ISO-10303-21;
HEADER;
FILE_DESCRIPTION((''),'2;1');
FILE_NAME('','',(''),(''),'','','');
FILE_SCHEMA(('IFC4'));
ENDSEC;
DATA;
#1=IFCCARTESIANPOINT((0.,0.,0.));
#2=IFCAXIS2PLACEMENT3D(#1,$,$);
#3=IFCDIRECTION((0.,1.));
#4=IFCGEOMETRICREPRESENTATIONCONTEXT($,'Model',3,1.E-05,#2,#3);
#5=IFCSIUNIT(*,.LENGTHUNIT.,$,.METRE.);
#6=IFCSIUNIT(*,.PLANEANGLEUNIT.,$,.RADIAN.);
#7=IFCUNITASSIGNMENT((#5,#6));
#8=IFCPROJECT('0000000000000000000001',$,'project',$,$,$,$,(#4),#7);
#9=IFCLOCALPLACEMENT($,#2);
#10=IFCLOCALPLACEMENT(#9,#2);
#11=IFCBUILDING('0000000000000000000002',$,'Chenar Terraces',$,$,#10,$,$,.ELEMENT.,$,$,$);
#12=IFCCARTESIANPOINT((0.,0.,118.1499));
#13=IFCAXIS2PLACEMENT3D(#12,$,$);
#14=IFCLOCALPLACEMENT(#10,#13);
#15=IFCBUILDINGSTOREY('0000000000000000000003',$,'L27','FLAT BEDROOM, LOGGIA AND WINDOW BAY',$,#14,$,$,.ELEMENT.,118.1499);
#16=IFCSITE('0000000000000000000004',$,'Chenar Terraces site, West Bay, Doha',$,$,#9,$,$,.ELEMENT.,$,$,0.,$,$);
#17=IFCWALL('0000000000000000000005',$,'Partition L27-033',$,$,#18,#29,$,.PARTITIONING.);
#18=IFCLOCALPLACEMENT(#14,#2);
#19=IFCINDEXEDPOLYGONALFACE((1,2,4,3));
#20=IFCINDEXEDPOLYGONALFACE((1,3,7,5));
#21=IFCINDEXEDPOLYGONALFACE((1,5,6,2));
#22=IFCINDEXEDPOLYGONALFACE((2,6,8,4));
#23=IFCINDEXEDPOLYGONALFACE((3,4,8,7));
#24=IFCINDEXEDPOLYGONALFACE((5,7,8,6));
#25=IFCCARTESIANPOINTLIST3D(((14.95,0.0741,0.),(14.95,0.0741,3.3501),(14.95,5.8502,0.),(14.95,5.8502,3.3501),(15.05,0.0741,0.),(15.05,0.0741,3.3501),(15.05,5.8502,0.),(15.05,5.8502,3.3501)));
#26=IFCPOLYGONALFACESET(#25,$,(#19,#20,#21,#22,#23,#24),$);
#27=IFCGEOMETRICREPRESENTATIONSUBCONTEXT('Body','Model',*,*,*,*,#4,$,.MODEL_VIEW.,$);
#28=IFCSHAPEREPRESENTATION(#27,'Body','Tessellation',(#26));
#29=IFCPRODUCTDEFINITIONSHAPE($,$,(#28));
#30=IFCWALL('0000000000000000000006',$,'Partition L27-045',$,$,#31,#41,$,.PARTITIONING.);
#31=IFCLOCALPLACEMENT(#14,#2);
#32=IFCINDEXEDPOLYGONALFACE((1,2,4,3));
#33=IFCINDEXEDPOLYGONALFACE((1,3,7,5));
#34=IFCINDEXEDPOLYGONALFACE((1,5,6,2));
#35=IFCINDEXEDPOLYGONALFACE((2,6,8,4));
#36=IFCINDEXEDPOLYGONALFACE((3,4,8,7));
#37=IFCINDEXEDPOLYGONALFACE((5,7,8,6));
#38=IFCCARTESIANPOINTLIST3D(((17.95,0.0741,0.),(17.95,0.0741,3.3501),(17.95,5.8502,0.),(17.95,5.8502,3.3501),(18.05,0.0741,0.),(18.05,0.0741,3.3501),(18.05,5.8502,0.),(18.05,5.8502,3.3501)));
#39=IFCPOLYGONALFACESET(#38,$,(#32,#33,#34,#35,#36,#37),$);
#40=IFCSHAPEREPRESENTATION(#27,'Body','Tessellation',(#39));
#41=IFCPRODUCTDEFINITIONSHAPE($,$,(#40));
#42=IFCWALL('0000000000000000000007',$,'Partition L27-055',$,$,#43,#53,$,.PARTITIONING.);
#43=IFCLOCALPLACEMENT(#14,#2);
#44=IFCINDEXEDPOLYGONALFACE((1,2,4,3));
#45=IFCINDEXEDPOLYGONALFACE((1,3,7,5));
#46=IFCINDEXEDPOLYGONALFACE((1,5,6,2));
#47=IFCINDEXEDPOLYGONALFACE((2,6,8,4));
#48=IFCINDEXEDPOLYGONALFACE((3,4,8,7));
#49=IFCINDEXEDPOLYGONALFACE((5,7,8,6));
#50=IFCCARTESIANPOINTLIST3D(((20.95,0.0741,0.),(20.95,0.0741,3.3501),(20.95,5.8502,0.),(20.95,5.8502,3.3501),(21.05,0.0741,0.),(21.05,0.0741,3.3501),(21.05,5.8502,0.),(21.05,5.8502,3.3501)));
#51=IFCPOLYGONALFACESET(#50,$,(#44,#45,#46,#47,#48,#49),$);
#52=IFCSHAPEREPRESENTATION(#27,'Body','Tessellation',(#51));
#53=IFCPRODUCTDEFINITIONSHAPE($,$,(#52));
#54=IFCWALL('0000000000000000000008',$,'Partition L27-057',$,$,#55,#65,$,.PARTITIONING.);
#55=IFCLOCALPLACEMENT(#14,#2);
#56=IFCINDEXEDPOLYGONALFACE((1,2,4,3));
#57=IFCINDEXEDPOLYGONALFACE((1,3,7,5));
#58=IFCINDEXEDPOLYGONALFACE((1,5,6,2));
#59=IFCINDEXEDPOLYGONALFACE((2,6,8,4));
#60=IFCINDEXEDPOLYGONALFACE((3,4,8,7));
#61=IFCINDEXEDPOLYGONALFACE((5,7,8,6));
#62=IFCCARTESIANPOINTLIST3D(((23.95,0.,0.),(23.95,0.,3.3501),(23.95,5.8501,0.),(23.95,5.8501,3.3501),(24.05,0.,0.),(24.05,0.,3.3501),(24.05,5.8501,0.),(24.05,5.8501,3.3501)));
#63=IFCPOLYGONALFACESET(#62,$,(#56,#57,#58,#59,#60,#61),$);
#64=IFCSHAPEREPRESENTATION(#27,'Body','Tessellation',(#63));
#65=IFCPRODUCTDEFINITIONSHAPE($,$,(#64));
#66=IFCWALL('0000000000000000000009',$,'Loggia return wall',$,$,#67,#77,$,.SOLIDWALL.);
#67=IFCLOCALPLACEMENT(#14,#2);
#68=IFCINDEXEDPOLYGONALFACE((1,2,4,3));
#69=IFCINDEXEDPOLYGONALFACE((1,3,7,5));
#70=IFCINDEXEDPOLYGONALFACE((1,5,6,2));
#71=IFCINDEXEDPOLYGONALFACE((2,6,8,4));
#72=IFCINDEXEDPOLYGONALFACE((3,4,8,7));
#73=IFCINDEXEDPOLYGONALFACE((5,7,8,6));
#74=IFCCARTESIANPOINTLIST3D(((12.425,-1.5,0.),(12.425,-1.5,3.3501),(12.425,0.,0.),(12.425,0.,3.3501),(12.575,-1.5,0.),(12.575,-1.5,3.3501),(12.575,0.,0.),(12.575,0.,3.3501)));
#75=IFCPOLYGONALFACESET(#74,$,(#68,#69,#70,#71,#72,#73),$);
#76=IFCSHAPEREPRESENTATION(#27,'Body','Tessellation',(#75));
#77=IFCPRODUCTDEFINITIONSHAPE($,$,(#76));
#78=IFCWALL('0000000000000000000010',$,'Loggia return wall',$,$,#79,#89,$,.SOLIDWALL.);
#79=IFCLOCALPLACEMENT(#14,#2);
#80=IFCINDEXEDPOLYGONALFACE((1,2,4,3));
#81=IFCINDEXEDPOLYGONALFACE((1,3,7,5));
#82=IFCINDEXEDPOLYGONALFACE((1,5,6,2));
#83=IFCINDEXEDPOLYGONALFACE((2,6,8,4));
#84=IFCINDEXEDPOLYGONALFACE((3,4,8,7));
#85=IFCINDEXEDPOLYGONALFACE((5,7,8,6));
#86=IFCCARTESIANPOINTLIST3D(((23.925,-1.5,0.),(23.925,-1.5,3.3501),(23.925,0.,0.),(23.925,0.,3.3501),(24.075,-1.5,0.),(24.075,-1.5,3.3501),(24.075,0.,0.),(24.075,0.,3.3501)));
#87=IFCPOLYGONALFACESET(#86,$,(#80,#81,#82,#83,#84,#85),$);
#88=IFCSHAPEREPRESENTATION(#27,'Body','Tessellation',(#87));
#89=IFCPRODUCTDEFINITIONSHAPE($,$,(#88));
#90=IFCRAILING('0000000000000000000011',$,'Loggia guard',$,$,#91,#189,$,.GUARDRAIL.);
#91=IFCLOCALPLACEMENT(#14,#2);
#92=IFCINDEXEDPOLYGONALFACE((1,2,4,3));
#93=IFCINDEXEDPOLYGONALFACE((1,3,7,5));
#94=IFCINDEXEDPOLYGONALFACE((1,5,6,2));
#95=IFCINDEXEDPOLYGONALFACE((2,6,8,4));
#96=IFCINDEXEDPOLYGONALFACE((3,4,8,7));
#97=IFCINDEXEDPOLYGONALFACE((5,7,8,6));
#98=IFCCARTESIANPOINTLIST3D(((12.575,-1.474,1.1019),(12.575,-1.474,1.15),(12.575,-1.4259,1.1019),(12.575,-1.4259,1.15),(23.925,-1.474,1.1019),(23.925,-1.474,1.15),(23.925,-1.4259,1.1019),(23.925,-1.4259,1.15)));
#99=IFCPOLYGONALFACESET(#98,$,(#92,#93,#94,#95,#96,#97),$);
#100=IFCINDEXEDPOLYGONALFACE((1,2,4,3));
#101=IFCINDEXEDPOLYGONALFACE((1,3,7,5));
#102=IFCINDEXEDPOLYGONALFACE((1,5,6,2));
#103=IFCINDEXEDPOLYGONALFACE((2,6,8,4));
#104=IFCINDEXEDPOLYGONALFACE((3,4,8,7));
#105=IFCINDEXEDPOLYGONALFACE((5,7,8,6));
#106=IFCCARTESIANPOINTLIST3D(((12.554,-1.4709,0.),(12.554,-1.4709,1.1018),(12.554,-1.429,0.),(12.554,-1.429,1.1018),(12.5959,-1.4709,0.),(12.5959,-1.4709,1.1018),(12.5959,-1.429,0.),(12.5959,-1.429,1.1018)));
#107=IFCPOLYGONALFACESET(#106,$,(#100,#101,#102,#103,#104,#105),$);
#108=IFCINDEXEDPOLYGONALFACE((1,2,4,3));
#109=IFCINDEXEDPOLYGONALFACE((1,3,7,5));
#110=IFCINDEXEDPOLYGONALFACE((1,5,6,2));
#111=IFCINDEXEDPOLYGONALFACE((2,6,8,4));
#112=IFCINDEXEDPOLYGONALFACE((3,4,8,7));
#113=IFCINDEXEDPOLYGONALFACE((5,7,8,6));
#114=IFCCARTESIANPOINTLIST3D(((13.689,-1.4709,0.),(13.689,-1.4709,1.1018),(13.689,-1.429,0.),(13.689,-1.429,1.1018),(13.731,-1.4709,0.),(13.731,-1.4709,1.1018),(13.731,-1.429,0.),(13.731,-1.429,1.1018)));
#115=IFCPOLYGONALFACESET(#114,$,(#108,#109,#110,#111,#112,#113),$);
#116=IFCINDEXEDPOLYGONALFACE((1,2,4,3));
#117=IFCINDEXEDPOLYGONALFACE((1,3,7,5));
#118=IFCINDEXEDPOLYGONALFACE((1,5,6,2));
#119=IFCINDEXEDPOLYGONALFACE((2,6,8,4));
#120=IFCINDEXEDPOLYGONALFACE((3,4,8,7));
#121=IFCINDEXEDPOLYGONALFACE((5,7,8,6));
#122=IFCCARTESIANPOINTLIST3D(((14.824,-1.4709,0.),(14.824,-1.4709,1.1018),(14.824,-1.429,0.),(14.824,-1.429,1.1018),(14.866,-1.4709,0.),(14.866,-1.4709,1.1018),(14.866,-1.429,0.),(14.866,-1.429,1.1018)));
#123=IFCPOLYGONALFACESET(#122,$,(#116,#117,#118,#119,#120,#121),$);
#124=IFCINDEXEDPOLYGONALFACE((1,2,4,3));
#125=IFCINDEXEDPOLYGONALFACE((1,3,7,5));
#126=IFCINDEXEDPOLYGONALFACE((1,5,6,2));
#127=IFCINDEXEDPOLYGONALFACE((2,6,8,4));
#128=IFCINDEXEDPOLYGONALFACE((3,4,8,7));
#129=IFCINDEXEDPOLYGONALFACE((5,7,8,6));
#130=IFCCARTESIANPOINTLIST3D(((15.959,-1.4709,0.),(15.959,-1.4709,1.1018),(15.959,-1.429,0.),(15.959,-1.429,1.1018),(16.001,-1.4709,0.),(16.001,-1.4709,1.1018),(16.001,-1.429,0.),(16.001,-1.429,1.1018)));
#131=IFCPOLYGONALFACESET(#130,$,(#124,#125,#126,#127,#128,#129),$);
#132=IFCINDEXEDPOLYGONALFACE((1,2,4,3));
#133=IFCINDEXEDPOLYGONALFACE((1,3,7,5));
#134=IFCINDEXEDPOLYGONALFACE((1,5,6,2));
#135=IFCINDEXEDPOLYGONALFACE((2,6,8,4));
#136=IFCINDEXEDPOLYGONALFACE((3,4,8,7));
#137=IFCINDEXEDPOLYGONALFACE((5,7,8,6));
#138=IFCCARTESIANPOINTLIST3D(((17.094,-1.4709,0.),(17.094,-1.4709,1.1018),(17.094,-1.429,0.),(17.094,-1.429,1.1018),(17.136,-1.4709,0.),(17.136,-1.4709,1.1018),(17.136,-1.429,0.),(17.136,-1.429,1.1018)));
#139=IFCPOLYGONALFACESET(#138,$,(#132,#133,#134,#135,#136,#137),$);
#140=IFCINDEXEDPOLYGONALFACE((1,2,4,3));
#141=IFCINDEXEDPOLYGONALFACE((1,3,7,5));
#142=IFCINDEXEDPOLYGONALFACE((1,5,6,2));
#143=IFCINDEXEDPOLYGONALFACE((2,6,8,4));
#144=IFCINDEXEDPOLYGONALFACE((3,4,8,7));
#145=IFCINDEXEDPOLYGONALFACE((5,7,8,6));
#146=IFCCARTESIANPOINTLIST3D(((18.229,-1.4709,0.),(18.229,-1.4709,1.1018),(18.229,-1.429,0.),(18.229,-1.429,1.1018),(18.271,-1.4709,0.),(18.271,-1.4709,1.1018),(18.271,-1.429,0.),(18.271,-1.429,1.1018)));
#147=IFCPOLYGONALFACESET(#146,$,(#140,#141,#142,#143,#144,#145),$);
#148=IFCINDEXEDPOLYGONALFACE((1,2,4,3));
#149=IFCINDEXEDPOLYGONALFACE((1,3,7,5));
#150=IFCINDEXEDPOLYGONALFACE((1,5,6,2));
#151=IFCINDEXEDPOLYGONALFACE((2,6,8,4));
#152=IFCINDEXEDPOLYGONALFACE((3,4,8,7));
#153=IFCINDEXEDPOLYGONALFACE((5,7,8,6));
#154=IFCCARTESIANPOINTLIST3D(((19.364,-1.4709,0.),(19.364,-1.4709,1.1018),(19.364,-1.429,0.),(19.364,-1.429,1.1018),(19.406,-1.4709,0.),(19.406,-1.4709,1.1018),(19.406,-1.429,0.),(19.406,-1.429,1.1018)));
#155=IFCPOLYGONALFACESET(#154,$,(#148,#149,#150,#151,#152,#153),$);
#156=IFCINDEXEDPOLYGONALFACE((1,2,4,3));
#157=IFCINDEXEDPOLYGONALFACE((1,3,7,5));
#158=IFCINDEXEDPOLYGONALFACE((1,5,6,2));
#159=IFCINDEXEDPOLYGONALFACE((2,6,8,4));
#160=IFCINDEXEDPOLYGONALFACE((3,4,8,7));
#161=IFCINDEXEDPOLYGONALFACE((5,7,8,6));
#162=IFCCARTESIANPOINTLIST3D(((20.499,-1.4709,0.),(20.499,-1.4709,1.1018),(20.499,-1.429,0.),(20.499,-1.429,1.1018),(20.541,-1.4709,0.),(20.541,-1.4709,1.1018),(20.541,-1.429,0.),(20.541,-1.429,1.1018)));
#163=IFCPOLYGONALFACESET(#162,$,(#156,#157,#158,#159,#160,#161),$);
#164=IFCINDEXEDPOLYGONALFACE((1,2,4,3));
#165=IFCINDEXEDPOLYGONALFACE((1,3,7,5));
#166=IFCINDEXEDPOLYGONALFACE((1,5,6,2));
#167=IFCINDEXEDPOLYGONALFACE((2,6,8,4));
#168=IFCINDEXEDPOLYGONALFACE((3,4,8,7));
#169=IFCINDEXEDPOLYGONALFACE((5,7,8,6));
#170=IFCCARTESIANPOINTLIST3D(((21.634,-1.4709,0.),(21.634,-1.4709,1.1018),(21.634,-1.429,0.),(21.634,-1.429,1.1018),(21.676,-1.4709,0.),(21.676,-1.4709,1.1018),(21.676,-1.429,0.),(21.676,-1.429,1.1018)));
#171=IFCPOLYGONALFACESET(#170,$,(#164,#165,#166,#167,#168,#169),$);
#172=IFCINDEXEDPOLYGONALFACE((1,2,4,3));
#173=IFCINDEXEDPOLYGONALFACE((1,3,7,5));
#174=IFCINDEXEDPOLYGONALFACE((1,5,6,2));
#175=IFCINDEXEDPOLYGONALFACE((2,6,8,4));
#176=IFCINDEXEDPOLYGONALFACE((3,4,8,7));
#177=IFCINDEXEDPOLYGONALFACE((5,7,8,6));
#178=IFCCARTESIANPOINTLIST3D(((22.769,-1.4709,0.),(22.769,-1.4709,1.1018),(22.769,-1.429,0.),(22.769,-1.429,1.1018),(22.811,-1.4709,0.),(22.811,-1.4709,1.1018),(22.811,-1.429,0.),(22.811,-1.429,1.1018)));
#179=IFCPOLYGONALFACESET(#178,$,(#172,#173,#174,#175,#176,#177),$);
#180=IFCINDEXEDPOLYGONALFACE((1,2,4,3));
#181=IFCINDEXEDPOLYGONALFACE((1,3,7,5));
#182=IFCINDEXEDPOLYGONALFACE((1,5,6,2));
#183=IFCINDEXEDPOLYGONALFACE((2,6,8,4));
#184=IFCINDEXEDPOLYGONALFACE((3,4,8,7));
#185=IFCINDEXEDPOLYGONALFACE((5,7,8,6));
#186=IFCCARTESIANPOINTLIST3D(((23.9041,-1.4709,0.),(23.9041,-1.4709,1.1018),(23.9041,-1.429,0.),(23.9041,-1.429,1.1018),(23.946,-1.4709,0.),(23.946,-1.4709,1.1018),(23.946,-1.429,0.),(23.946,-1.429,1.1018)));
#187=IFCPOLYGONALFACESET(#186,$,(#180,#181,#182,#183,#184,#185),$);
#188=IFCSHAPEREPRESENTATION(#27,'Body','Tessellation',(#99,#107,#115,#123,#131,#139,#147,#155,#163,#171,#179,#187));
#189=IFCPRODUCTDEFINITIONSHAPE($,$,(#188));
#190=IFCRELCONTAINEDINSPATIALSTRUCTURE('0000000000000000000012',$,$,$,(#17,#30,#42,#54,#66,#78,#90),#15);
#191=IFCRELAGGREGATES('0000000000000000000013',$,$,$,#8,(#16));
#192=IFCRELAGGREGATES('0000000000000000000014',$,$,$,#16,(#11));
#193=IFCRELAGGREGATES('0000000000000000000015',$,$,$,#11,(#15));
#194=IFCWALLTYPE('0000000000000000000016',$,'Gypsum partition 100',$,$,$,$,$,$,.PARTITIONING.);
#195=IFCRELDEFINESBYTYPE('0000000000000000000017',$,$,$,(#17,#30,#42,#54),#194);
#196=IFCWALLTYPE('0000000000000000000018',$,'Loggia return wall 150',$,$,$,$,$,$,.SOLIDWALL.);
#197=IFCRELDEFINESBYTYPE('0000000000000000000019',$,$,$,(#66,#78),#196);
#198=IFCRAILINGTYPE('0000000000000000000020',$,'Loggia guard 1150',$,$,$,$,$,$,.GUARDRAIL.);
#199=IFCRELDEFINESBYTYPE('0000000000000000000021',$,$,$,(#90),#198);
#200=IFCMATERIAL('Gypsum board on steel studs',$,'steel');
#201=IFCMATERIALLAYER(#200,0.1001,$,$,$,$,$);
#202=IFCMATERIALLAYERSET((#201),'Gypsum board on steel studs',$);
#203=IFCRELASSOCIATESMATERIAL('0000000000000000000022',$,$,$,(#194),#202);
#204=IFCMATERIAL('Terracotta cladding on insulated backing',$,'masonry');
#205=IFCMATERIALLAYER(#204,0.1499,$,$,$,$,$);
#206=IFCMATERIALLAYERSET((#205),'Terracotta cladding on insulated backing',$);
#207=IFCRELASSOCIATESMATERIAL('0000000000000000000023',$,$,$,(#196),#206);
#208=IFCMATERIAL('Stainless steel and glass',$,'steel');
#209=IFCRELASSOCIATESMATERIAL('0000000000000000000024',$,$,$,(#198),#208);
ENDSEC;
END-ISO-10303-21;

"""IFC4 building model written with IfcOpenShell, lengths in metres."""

from ifc_helpers import new_model, si_unit, direction, frame, frame_2d, origin, origin_2d, place, context, subcontext, project, spatial, rectangle, extrude, material, layer, layer_set, type_object, element, save


model = new_model("IFC4")

# Units and contexts
model_context = context("Model", 3, precision=1e-05, world=origin(), true_north=direction((0.0, 1.0)))
body_context = subcontext(model_context, "Body", "Model", "MODEL_VIEW")
ifc_project = project(units=[si_unit("LENGTHUNIT", "METRE"), si_unit("PLANEANGLEUNIT", "RADIAN")], contexts=[model_context])

# Site, building, storey
site_placement = place(None, origin())
site = spatial("IfcSite", under=ifc_project, at=site_placement, Name="Chenar Terraces site, West Bay, Doha", CompositionType="ELEMENT", RefElevation=0.0)
building_placement = place(site_placement, origin())
building = spatial("IfcBuilding", under=site, at=building_placement, Name="Chenar Terraces", CompositionType="ELEMENT")
storey_placement = place(building_placement, frame((0.0, 0.0, 118.1499)))
storey = spatial("IfcBuildingStorey", under=building, at=storey_placement, Name="L27", Description="FLAT BEDROOM, LOGGIA AND WINDOW BAY", CompositionType="ELEMENT", Elevation=118.1499)

# Walls
ifc_material_1 = material(Name="Gypsum board on steel studs", Category="steel")
ifc_layer_1 = layer(ifc_material_1, 0.1001)
ifc_layer_set_1 = layer_set([ifc_layer_1], Name="Gypsum board on steel studs")
wall_type_1 = type_object("IfcWallType", Name="Gypsum partition 100", PredefinedType="PARTITIONING", material=ifc_layer_set_1)
for number, where, z_axis, x_axis, name in (
    (1, (15.0, 0.074, 0.0), (0.0, 0.0, 1.0), (0.0, 1.0, 0.0), "Partition L27-033"),
    (2, (18.0, 0.074, 0.0), (0.0, 0.0, 1.0), (0.0, 1.0, 0.0), "Partition L27-045"),
    (3, (21.0, 0.074, 0.0), (0.0, 0.0, 1.0), (0.0, 1.0, 0.0), "Partition L27-055"),
):
    element("IfcWall", number, at=place(storey_placement, frame(where, z_axis=z_axis, x_axis=x_axis)), inside=storey, type_object=wall_type_1, Name=name, PredefinedType="PARTITIONING", context=body_context, shape_type="SweptSolid", body=[
        extrude(rectangle(XDim=5.7761, YDim=0.1001, at=frame_2d((2.8882, 0.0))), origin(), (0.0, 0.0, 1.0), 3.3501),
    ])
wall_1_placement = place(storey_placement, frame((24.0, 0.0, 0.0), z_axis=(0.0, 0.0, 1.0), x_axis=(0.0, 1.0, 0.0)))
element("IfcWall", 4, at=wall_1_placement, inside=storey, type_object=wall_type_1, Name="Partition L27-057", PredefinedType="PARTITIONING", context=body_context, shape_type="SweptSolid", body=[
    extrude(rectangle(XDim=5.8501, YDim=0.1001, at=frame_2d((2.925, 0.0))), origin(), (0.0, 0.0, 1.0), 3.3501),
])
ifc_material_2 = material(Name="Terracotta cladding on insulated backing", Category="masonry")
ifc_layer_2 = layer(ifc_material_2, 0.1499)
ifc_layer_set_2 = layer_set([ifc_layer_2], Name="Terracotta cladding on insulated backing")
wall_type_2 = type_object("IfcWallType", Name="Loggia return wall 150", PredefinedType="SOLIDWALL", material=ifc_layer_set_2)
for number, where, z_axis, x_axis, name in (
    (5, (12.5, -1.5, 0.0), (0.0, 0.0, 1.0), (0.0, 1.0, 0.0), "Loggia return wall"),
    (6, (24.0, -1.5, 0.0), (0.0, 0.0, 1.0), (0.0, 1.0, 0.0), "Loggia return wall"),
):
    element("IfcWall", number, at=place(storey_placement, frame(where, z_axis=z_axis, x_axis=x_axis)), inside=storey, type_object=wall_type_2, Name=name, PredefinedType="SOLIDWALL", context=body_context, shape_type="SweptSolid", body=[
        extrude(rectangle(XDim=1.5, YDim=0.1499, at=frame_2d((0.75, 0.0))), origin(), (0.0, 0.0, 1.0), 3.3501),
    ])

# Railing
ifc_material_3 = material(Name="Stainless steel and glass", Category="steel")
railing_type = type_object("IfcRailingType", Name="Loggia guard 1150", PredefinedType="GUARDRAIL", material=ifc_material_3)
railing_placement = place(storey_placement, frame((12.575, -1.45, 0.0)))
element("IfcRailing", 7, at=railing_placement, inside=storey, type_object=railing_type, Name="Loggia guard", PredefinedType="GUARDRAIL", context=body_context, shape_type="SweptSolid", body=[
    extrude(rectangle(XDim=0.0481, YDim=0.0481, at=origin_2d()), frame((0.0, 0.0, 1.126), z_axis=(1.0, 0.0, 0.0), x_axis=(0.0, 1.0, 0.0)), (0.0, 0.0, 1.0), 11.3501),
    extrude(rectangle(XDim=0.042, YDim=0.042, at=origin_2d()), origin(), (0.0, 0.0, 1.0), 1.1018),
    extrude(rectangle(XDim=0.042, YDim=0.042, at=origin_2d()), frame((1.135, 0.0, 0.0)), (0.0, 0.0, 1.0), 1.1018),
    extrude(rectangle(XDim=0.042, YDim=0.042, at=origin_2d()), frame((2.27, 0.0, 0.0)), (0.0, 0.0, 1.0), 1.1018),
    extrude(rectangle(XDim=0.042, YDim=0.042, at=origin_2d()), frame((3.405, 0.0, 0.0)), (0.0, 0.0, 1.0), 1.1018),
    extrude(rectangle(XDim=0.042, YDim=0.042, at=origin_2d()), frame((4.54, 0.0, 0.0)), (0.0, 0.0, 1.0), 1.1018),
    extrude(rectangle(XDim=0.042, YDim=0.042, at=origin_2d()), frame((5.675, 0.0, 0.0)), (0.0, 0.0, 1.0), 1.1018),
    extrude(rectangle(XDim=0.042, YDim=0.042, at=origin_2d()), frame((6.8101, 0.0, 0.0)), (0.0, 0.0, 1.0), 1.1018),
    extrude(rectangle(XDim=0.042, YDim=0.042, at=origin_2d()), frame((7.9451, 0.0, 0.0)), (0.0, 0.0, 1.0), 1.1018),
    extrude(rectangle(XDim=0.042, YDim=0.042, at=origin_2d()), frame((9.0801, 0.0, 0.0)), (0.0, 0.0, 1.0), 1.1018),
    extrude(rectangle(XDim=0.042, YDim=0.042, at=origin_2d()), frame((10.2151, 0.0, 0.0)), (0.0, 0.0, 1.0), 1.1018),
    extrude(rectangle(XDim=0.042, YDim=0.042, at=origin_2d()), frame((11.3501, 0.0, 0.0)), (0.0, 0.0, 1.0), 1.1018),
])

save(model, "model.ifc")
